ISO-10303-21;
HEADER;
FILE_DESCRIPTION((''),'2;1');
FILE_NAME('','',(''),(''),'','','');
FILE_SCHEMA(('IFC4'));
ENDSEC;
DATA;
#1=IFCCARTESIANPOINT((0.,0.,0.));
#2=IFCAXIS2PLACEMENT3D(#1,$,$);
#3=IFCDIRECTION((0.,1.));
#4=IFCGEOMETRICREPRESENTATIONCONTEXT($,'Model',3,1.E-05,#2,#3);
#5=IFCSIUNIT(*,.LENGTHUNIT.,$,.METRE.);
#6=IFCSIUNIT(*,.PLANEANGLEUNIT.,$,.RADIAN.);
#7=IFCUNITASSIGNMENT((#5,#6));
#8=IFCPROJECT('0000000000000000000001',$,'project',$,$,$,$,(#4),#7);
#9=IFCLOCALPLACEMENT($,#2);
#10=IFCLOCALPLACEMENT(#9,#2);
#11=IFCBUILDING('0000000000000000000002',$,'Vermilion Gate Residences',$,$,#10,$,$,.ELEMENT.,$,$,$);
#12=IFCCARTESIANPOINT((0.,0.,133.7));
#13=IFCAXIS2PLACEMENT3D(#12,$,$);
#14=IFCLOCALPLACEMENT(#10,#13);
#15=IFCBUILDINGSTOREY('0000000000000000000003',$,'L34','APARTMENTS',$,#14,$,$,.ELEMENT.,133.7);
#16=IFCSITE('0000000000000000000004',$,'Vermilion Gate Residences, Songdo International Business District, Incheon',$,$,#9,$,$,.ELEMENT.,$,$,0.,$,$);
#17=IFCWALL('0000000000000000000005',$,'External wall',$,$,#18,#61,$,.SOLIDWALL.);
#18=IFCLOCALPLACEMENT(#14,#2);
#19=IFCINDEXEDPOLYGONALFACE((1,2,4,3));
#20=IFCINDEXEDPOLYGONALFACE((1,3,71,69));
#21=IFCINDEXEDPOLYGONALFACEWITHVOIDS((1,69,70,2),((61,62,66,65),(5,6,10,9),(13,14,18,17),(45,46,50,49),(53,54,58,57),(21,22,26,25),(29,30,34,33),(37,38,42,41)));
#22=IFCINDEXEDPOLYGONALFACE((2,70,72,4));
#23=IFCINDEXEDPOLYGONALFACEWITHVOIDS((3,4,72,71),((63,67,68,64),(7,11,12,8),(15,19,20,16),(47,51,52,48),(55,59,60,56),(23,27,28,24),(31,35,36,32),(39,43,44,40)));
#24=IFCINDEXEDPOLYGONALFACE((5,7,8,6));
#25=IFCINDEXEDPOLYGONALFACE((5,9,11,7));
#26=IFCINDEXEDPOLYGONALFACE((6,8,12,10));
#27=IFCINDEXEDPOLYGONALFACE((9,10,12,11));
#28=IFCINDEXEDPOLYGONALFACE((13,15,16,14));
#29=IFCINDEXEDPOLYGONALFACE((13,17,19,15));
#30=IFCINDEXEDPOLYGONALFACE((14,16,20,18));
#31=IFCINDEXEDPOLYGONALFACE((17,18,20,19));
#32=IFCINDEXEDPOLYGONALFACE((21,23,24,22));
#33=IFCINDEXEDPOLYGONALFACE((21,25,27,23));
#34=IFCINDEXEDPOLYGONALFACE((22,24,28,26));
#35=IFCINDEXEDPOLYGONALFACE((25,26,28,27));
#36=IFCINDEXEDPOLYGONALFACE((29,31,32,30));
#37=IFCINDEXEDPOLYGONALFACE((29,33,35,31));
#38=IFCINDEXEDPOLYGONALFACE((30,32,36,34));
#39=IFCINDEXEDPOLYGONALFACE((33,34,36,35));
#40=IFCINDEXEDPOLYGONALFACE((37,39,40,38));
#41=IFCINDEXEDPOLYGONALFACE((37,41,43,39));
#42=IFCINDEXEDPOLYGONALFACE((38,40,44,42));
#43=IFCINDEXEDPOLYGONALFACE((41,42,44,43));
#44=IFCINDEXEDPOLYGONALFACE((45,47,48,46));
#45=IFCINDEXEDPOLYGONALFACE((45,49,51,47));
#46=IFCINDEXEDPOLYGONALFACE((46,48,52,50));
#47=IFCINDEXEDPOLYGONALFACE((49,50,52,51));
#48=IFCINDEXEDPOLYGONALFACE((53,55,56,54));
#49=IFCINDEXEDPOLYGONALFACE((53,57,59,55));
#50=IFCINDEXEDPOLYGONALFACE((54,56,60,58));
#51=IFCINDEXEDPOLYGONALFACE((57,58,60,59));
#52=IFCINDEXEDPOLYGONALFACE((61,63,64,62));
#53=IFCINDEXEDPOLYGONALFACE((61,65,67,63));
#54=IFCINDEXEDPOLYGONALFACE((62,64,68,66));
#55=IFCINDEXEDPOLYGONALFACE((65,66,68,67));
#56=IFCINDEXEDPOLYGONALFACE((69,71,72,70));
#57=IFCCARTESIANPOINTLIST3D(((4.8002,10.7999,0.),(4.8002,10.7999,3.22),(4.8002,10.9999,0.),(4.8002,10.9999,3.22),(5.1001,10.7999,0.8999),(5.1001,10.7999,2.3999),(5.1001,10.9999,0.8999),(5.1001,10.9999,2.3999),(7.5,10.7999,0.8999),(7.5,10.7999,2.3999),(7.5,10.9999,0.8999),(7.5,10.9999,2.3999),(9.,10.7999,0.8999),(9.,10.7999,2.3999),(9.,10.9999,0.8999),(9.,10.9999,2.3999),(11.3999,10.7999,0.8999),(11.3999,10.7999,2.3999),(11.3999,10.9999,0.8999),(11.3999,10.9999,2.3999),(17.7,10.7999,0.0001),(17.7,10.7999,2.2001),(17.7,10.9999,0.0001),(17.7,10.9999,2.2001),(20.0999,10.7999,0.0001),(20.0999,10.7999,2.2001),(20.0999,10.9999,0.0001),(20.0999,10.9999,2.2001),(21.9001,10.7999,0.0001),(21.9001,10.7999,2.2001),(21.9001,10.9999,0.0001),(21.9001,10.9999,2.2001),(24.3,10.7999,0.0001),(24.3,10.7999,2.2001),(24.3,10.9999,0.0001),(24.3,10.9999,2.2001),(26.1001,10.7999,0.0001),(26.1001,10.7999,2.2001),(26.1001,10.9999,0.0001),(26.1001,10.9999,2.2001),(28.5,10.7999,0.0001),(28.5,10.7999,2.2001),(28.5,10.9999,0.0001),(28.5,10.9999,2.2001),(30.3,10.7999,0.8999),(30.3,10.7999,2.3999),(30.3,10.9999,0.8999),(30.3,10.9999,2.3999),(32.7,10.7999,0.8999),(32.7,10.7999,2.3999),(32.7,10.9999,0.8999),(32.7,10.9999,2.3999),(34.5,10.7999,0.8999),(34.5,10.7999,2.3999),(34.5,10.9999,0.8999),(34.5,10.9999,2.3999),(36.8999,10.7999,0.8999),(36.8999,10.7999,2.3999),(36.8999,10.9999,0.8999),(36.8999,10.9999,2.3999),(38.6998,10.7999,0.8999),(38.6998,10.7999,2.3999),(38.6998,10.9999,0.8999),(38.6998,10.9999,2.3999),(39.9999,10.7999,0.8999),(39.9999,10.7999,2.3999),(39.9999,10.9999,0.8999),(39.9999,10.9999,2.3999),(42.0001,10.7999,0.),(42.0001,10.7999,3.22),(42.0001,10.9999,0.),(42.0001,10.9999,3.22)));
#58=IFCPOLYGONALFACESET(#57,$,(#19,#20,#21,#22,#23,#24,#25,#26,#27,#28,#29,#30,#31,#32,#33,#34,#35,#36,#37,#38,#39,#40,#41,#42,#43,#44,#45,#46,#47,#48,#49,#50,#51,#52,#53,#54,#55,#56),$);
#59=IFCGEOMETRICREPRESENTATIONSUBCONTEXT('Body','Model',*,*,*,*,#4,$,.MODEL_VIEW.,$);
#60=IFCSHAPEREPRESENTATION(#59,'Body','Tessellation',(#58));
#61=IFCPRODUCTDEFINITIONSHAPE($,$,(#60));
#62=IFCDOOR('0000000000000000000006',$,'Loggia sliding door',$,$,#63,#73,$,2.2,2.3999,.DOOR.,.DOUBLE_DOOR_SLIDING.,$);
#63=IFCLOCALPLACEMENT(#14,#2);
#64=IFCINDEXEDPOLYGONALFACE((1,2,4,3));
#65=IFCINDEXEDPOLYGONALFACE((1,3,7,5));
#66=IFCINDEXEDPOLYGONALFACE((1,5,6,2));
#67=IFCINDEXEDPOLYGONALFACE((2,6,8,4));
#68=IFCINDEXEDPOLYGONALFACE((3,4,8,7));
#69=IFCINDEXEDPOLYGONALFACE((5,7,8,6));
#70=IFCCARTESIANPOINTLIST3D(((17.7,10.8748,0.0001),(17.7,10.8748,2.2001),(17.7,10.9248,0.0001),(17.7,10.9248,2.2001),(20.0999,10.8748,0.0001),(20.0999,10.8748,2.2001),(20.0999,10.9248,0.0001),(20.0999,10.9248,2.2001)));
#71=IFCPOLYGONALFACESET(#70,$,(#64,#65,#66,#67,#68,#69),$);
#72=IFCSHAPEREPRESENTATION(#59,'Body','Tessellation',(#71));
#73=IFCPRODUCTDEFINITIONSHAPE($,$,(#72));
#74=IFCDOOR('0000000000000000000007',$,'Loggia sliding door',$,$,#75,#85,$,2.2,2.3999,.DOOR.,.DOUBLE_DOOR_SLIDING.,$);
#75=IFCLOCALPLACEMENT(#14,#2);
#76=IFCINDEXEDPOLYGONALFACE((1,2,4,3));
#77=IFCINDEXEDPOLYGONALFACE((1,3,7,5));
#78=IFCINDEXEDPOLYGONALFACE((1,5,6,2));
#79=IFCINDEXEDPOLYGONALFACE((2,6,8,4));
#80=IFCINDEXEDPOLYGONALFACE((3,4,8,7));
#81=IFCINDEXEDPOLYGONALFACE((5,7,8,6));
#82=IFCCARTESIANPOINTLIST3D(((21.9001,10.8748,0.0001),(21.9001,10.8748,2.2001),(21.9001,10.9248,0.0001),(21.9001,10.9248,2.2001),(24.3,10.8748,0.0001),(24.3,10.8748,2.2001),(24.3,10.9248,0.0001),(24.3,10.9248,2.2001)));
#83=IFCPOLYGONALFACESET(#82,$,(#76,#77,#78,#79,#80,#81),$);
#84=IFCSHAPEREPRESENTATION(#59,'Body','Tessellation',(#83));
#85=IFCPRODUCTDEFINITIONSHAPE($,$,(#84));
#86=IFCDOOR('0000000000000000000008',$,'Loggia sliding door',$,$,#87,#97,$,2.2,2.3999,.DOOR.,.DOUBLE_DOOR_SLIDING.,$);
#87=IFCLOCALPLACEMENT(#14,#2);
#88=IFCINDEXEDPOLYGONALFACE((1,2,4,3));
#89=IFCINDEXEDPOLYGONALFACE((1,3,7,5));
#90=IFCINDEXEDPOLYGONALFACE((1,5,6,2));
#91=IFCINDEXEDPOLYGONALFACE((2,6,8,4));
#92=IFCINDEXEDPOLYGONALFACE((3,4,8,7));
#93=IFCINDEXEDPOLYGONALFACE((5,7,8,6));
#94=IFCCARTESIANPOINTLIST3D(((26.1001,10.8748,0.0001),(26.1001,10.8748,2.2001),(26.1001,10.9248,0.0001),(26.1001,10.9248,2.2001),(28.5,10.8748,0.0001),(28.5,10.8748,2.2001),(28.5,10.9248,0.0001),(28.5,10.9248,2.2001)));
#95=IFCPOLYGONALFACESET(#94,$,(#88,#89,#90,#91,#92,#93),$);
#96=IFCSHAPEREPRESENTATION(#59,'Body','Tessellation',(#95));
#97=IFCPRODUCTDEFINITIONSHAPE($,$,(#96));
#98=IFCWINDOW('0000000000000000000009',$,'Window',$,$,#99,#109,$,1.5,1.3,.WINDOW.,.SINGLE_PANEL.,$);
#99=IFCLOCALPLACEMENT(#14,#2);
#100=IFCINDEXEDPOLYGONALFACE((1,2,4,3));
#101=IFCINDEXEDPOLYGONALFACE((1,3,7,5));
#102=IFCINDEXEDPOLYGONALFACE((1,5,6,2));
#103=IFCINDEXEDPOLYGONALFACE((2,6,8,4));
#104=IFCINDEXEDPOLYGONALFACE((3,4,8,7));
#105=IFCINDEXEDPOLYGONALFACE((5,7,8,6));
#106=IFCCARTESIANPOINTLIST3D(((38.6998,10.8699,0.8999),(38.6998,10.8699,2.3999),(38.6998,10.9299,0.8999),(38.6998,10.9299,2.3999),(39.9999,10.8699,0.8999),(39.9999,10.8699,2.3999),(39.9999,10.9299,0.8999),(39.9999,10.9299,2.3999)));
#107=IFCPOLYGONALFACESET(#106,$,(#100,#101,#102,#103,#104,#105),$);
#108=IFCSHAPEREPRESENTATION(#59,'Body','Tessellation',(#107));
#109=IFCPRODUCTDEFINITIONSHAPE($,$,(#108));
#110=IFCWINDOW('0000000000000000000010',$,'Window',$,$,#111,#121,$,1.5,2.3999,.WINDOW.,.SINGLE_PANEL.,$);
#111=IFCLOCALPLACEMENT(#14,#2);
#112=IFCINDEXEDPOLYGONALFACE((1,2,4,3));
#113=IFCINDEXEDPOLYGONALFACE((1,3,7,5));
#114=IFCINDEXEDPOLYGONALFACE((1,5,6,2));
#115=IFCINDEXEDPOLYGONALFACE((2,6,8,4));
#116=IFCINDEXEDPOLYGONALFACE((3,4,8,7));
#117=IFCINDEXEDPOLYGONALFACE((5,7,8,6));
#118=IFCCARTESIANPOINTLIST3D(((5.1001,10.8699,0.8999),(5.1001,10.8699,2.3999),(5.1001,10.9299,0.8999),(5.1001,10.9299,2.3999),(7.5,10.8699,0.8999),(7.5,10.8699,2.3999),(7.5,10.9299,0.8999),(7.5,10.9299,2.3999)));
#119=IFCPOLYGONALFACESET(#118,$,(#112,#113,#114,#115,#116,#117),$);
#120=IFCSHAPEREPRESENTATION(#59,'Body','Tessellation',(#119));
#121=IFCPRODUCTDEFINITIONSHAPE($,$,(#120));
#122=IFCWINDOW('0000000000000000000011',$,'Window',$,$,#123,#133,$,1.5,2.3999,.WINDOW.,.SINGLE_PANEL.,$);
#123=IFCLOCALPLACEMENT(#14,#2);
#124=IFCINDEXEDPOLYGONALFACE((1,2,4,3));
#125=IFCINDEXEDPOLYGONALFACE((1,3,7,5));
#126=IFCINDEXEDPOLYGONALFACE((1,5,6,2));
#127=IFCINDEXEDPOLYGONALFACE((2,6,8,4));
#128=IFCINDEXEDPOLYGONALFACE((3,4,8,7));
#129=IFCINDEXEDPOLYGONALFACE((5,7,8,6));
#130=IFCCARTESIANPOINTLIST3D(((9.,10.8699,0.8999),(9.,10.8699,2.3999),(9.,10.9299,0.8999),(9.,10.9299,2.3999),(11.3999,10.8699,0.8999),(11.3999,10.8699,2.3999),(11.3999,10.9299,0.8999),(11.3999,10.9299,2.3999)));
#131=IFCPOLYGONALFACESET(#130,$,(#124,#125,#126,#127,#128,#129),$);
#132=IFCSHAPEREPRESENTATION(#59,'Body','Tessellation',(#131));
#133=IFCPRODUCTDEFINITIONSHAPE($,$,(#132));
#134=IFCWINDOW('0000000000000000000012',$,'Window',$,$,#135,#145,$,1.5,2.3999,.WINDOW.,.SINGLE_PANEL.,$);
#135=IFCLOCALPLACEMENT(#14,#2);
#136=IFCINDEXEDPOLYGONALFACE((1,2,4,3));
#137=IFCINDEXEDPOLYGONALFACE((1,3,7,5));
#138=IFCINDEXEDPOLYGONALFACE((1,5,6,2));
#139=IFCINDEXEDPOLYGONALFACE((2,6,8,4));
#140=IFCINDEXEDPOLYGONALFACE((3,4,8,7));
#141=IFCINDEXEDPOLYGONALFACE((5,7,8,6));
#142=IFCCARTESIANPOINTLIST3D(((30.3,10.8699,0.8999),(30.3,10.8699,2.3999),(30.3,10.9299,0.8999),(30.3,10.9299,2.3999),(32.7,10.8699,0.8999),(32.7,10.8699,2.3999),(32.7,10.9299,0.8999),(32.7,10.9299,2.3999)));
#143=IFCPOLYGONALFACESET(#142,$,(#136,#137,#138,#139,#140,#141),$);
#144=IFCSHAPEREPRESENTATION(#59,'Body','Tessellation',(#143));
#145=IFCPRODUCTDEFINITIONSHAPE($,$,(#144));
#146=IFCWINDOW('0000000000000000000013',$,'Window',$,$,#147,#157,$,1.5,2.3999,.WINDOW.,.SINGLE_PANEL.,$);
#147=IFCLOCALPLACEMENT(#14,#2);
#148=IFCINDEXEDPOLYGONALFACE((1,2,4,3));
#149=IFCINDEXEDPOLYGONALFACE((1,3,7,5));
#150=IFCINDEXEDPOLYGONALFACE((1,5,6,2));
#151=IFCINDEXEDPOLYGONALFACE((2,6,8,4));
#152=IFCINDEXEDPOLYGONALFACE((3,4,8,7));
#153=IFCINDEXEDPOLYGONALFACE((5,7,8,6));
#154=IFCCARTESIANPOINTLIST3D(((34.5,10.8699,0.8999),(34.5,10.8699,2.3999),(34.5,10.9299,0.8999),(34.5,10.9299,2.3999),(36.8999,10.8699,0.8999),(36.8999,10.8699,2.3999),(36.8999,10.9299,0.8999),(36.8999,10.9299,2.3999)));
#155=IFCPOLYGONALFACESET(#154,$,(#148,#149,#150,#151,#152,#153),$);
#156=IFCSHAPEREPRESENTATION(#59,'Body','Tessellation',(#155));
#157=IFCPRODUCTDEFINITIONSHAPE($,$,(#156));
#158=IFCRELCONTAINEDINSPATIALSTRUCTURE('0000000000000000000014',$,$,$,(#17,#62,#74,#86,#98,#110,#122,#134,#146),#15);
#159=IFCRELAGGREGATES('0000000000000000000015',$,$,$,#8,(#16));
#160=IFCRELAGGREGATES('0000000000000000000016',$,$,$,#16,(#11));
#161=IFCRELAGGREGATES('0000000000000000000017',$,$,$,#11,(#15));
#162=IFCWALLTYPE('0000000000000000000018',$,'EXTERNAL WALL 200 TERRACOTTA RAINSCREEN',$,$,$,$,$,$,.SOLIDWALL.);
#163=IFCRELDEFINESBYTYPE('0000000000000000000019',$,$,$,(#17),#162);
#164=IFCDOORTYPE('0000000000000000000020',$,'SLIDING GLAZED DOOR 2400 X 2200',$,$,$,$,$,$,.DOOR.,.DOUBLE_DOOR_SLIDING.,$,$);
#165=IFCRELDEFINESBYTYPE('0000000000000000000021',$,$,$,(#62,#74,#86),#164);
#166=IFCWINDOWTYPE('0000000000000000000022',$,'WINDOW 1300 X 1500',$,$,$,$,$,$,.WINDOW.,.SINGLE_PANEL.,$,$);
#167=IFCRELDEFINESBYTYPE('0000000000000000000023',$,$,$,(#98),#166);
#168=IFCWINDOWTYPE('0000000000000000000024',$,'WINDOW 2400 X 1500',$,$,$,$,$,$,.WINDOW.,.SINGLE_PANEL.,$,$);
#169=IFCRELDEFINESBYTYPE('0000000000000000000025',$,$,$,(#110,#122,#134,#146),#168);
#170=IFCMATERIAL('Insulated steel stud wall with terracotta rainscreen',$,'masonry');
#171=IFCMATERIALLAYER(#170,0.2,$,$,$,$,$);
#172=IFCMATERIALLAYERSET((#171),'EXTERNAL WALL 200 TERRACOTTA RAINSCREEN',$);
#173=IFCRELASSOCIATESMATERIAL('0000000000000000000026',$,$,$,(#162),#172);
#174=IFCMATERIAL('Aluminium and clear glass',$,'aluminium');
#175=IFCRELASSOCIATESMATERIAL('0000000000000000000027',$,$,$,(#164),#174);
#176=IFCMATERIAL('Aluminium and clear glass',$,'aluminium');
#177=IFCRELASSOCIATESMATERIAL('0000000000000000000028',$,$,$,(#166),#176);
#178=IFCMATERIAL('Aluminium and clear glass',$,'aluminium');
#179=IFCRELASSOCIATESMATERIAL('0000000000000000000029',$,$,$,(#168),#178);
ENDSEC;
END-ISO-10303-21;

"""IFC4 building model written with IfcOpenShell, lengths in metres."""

from ifc_helpers import new_model, si_unit, direction, frame, frame_2d, origin, place, context, subcontext, project, spatial, rectangle, extrude, material, layer, layer_set, type_object, element, fill, save


model = new_model("IFC4")

# Units and contexts
model_context = context("Model", 3, precision=1e-05, world=origin(), true_north=direction((0.0, 1.0)))
body_context = subcontext(model_context, "Body", "Model", "MODEL_VIEW")
ifc_project = project(units=[si_unit("LENGTHUNIT", "METRE"), si_unit("PLANEANGLEUNIT", "RADIAN")], contexts=[model_context])

# Site, building, storey
site_placement = place(None, origin())
site = spatial("IfcSite", under=ifc_project, at=site_placement, Name="Vermilion Gate Residences, Songdo International Business District, Incheon", CompositionType="ELEMENT", RefElevation=0.0)
building_placement = place(site_placement, origin())
building = spatial("IfcBuilding", under=site, at=building_placement, Name="Vermilion Gate Residences", CompositionType="ELEMENT")
storey_placement = place(building_placement, frame((0.0, 0.0, 133.7)))
storey = spatial("IfcBuildingStorey", under=building, at=storey_placement, Name="L34", Description="APARTMENTS", CompositionType="ELEMENT", Elevation=133.7)

# Shared definitions
ifc_material_1 = material(Name="Insulated steel stud wall with terracotta rainscreen", Category="masonry")
ifc_layer_1 = layer(ifc_material_1, 0.2)
ifc_layer_set_1 = layer_set([ifc_layer_1], Name="EXTERNAL WALL 200 TERRACOTTA RAINSCREEN")
wall_type_1 = type_object("IfcWallType", Name="EXTERNAL WALL 200 TERRACOTTA RAINSCREEN", PredefinedType="SOLIDWALL", material=ifc_layer_set_1)

# Wall, openings, doors, windows
wall_1_placement = place(storey_placement, frame((4.8, 10.8999, 0.0), z_axis=(0.0, 0.0, 1.0), x_axis=(1.0, 0.0, 0.0)))
wall_1 = element("IfcWall", 1, at=wall_1_placement, inside=storey, type_object=wall_type_1, Name="External wall", PredefinedType="SOLIDWALL", context=body_context, shape_type="SweptSolid", body=[
    extrude(rectangle(XDim=37.2, YDim=0.2, at=frame_2d((18.6001, 0.0))), origin(), (0.0, 0.0, 1.0), 3.22),
])
opening_1_placement = place(wall_1_placement, frame((0.3, 0.0, 0.8999)))
opening_1 = element("IfcOpeningElement", 2, at=opening_1_placement, cuts=wall_1, PredefinedType="OPENING", context=body_context, shape_type="SweptSolid", body=[
    extrude(rectangle(XDim=2.3999, YDim=1.5, at=frame_2d((1.2, 0.75))), frame((0.0, 0.1099, 0.0), z_axis=(0.0, -1.0, 0.0), x_axis=(1.0, 0.0, 0.0)), (0.0, 0.0, 1.0), 0.22),
])
opening_2_placement = place(wall_1_placement, frame((4.2, 0.0, 0.8999)))
opening_2 = element("IfcOpeningElement", 3, at=opening_2_placement, cuts=wall_1, PredefinedType="OPENING", context=body_context, shape_type="SweptSolid", body=[
    extrude(rectangle(XDim=2.3999, YDim=1.5, at=frame_2d((1.2, 0.75))), frame((0.0, 0.1099, 0.0), z_axis=(0.0, -1.0, 0.0), x_axis=(1.0, 0.0, 0.0)), (0.0, 0.0, 1.0), 0.22),
])
opening_3_placement = place(wall_1_placement, frame((12.8999, 0.0, 0.0)))
opening_3 = element("IfcOpeningElement", 4, at=opening_3_placement, cuts=wall_1, PredefinedType="OPENING", context=body_context, shape_type="SweptSolid", body=[
    extrude(rectangle(XDim=2.3999, YDim=2.2, at=frame_2d((1.2, 1.1001))), frame((0.0, 0.1099, 0.0), z_axis=(0.0, -1.0, 0.0), x_axis=(1.0, 0.0, 0.0)), (0.0, 0.0, 1.0), 0.22),
])
opening_4_placement = place(wall_1_placement, frame((17.1001, 0.0, 0.0)))
opening_4 = element("IfcOpeningElement", 5, at=opening_4_placement, cuts=wall_1, PredefinedType="OPENING", context=body_context, shape_type="SweptSolid", body=[
    extrude(rectangle(XDim=2.3999, YDim=2.2, at=frame_2d((1.2, 1.1001))), frame((0.0, 0.1099, 0.0), z_axis=(0.0, -1.0, 0.0), x_axis=(1.0, 0.0, 0.0)), (0.0, 0.0, 1.0), 0.22),
])
opening_5_placement = place(wall_1_placement, frame((21.3, 0.0, 0.0)))
opening_5 = element("IfcOpeningElement", 6, at=opening_5_placement, cuts=wall_1, PredefinedType="OPENING", context=body_context, shape_type="SweptSolid", body=[
    extrude(rectangle(XDim=2.3999, YDim=2.2, at=frame_2d((1.2, 1.1001))), frame((0.0, 0.1099, 0.0), z_axis=(0.0, -1.0, 0.0), x_axis=(1.0, 0.0, 0.0)), (0.0, 0.0, 1.0), 0.22),
])
opening_6_placement = place(wall_1_placement, frame((25.5, 0.0, 0.8999)))
opening_6 = element("IfcOpeningElement", 7, at=opening_6_placement, cuts=wall_1, PredefinedType="OPENING", context=body_context, shape_type="SweptSolid", body=[
    extrude(rectangle(XDim=2.3999, YDim=1.5, at=frame_2d((1.2, 0.75))), frame((0.0, 0.1099, 0.0), z_axis=(0.0, -1.0, 0.0), x_axis=(1.0, 0.0, 0.0)), (0.0, 0.0, 1.0), 0.22),
])
opening_7_placement = place(wall_1_placement, frame((29.7, 0.0, 0.8999)))
opening_7 = element("IfcOpeningElement", 8, at=opening_7_placement, cuts=wall_1, PredefinedType="OPENING", context=body_context, shape_type="SweptSolid", body=[
    extrude(rectangle(XDim=2.3999, YDim=1.5, at=frame_2d((1.2, 0.75))), frame((0.0, 0.1099, 0.0), z_axis=(0.0, -1.0, 0.0), x_axis=(1.0, 0.0, 0.0)), (0.0, 0.0, 1.0), 0.22),
])
opening_8_placement = place(wall_1_placement, frame((33.8999, 0.0, 0.8999)))
opening_8 = element("IfcOpeningElement", 9, at=opening_8_placement, cuts=wall_1, PredefinedType="OPENING", context=body_context, shape_type="SweptSolid", body=[
    extrude(rectangle(XDim=1.3, YDim=1.5, at=frame_2d((0.6499, 0.75))), frame((0.0, 0.1099, 0.0), z_axis=(0.0, -1.0, 0.0), x_axis=(1.0, 0.0, 0.0)), (0.0, 0.0, 1.0), 0.22),
])
ifc_material_2 = material(Name="Aluminium and clear glass", Category="aluminium")
door_type_1 = type_object("IfcDoorType", Name="SLIDING GLAZED DOOR 2400 X 2200", OperationType="DOUBLE_DOOR_SLIDING", PredefinedType="DOOR", material=ifc_material_2)
door_1_placement = place(opening_3_placement, origin())
door_1 = element("IfcDoor", 10, at=door_1_placement, inside=storey, type_object=door_type_1, Name="Loggia sliding door", OperationType="DOUBLE_DOOR_SLIDING", OverallHeight=2.2, OverallWidth=2.3999, PredefinedType="DOOR", context=body_context, shape_type="SweptSolid", body=[
    extrude(rectangle(XDim=2.3999, YDim=2.2, at=frame_2d((1.2, 1.1001))), frame((0.0, 0.0249, 0.0), z_axis=(0.0, -1.0, 0.0), x_axis=(1.0, 0.0, 0.0)), (0.0, 0.0, 1.0), 0.05),
])
fill(opening_3, door_1)
door_2_placement = place(opening_4_placement, origin())
door_2 = element("IfcDoor", 11, at=door_2_placement, inside=storey, type_object=door_type_1, Name="Loggia sliding door", OperationType="DOUBLE_DOOR_SLIDING", OverallHeight=2.2, OverallWidth=2.3999, PredefinedType="DOOR", context=body_context, shape_type="SweptSolid", body=[
    extrude(rectangle(XDim=2.3999, YDim=2.2, at=frame_2d((1.2, 1.1001))), frame((0.0, 0.0249, 0.0), z_axis=(0.0, -1.0, 0.0), x_axis=(1.0, 0.0, 0.0)), (0.0, 0.0, 1.0), 0.05),
])
fill(opening_4, door_2)
door_3_placement = place(opening_5_placement, origin())
door_3 = element("IfcDoor", 12, at=door_3_placement, inside=storey, type_object=door_type_1, Name="Loggia sliding door", OperationType="DOUBLE_DOOR_SLIDING", OverallHeight=2.2, OverallWidth=2.3999, PredefinedType="DOOR", context=body_context, shape_type="SweptSolid", body=[
    extrude(rectangle(XDim=2.3999, YDim=2.2, at=frame_2d((1.2, 1.1001))), frame((0.0, 0.0249, 0.0), z_axis=(0.0, -1.0, 0.0), x_axis=(1.0, 0.0, 0.0)), (0.0, 0.0, 1.0), 0.05),
])
fill(opening_5, door_3)
ifc_material_3 = material(Name="Aluminium and clear glass", Category="aluminium")
window_type_1 = type_object("IfcWindowType", Name="WINDOW 1300 X 1500", PartitioningType="SINGLE_PANEL", PredefinedType="WINDOW", material=ifc_material_3)
window_1_placement = place(opening_8_placement, origin())
window_1 = element("IfcWindow", 13, at=window_1_placement, inside=storey, type_object=window_type_1, Name="Window", OverallHeight=1.5, OverallWidth=1.3, PartitioningType="SINGLE_PANEL", PredefinedType="WINDOW", context=body_context, shape_type="SweptSolid", body=[
    extrude(rectangle(XDim=1.3, YDim=1.5, at=frame_2d((0.6499, 0.75))), frame((0.0, 0.03, 0.0), z_axis=(0.0, -1.0, 0.0), x_axis=(1.0, 0.0, 0.0)), (0.0, 0.0, 1.0), 0.0601),
])
fill(opening_8, window_1)
ifc_material_4 = material(Name="Aluminium and clear glass", Category="aluminium")
window_type_2 = type_object("IfcWindowType", Name="WINDOW 2400 X 1500", PartitioningType="SINGLE_PANEL", PredefinedType="WINDOW", material=ifc_material_4)
window_2_placement = place(opening_1_placement, origin())
window_2 = element("IfcWindow", 14, at=window_2_placement, inside=storey, type_object=window_type_2, Name="Window", OverallHeight=1.5, OverallWidth=2.3999, PartitioningType="SINGLE_PANEL", PredefinedType="WINDOW", context=body_context, shape_type="SweptSolid", body=[
    extrude(rectangle(XDim=2.3999, YDim=1.5, at=frame_2d((1.2, 0.75))), frame((0.0, 0.03, 0.0), z_axis=(0.0, -1.0, 0.0), x_axis=(1.0, 0.0, 0.0)), (0.0, 0.0, 1.0), 0.0601),
])
fill(opening_1, window_2)
window_3_placement = place(opening_2_placement, origin())
window_3 = element("IfcWindow", 15, at=window_3_placement, inside=storey, type_object=window_type_2, Name="Window", OverallHeight=1.5, OverallWidth=2.3999, PartitioningType="SINGLE_PANEL", PredefinedType="WINDOW", context=body_context, shape_type="SweptSolid", body=[
    extrude(rectangle(XDim=2.3999, YDim=1.5, at=frame_2d((1.2, 0.75))), frame((0.0, 0.03, 0.0), z_axis=(0.0, -1.0, 0.0), x_axis=(1.0, 0.0, 0.0)), (0.0, 0.0, 1.0), 0.0601),
])
fill(opening_2, window_3)
window_4_placement = place(opening_6_placement, origin())
window_4 = element("IfcWindow", 16, at=window_4_placement, inside=storey, type_object=window_type_2, Name="Window", OverallHeight=1.5, OverallWidth=2.3999, PartitioningType="SINGLE_PANEL", PredefinedType="WINDOW", context=body_context, shape_type="SweptSolid", body=[
    extrude(rectangle(XDim=2.3999, YDim=1.5, at=frame_2d((1.2, 0.75))), frame((0.0, 0.03, 0.0), z_axis=(0.0, -1.0, 0.0), x_axis=(1.0, 0.0, 0.0)), (0.0, 0.0, 1.0), 0.0601),
])
fill(opening_6, window_4)
window_5_placement = place(opening_7_placement, origin())
window_5 = element("IfcWindow", 17, at=window_5_placement, inside=storey, type_object=window_type_2, Name="Window", OverallHeight=1.5, OverallWidth=2.3999, PartitioningType="SINGLE_PANEL", PredefinedType="WINDOW", context=body_context, shape_type="SweptSolid", body=[
    extrude(rectangle(XDim=2.3999, YDim=1.5, at=frame_2d((1.2, 0.75))), frame((0.0, 0.03, 0.0), z_axis=(0.0, -1.0, 0.0), x_axis=(1.0, 0.0, 0.0)), (0.0, 0.0, 1.0), 0.0601),
])
fill(opening_7, window_5)

save(model, "model.ifc")
